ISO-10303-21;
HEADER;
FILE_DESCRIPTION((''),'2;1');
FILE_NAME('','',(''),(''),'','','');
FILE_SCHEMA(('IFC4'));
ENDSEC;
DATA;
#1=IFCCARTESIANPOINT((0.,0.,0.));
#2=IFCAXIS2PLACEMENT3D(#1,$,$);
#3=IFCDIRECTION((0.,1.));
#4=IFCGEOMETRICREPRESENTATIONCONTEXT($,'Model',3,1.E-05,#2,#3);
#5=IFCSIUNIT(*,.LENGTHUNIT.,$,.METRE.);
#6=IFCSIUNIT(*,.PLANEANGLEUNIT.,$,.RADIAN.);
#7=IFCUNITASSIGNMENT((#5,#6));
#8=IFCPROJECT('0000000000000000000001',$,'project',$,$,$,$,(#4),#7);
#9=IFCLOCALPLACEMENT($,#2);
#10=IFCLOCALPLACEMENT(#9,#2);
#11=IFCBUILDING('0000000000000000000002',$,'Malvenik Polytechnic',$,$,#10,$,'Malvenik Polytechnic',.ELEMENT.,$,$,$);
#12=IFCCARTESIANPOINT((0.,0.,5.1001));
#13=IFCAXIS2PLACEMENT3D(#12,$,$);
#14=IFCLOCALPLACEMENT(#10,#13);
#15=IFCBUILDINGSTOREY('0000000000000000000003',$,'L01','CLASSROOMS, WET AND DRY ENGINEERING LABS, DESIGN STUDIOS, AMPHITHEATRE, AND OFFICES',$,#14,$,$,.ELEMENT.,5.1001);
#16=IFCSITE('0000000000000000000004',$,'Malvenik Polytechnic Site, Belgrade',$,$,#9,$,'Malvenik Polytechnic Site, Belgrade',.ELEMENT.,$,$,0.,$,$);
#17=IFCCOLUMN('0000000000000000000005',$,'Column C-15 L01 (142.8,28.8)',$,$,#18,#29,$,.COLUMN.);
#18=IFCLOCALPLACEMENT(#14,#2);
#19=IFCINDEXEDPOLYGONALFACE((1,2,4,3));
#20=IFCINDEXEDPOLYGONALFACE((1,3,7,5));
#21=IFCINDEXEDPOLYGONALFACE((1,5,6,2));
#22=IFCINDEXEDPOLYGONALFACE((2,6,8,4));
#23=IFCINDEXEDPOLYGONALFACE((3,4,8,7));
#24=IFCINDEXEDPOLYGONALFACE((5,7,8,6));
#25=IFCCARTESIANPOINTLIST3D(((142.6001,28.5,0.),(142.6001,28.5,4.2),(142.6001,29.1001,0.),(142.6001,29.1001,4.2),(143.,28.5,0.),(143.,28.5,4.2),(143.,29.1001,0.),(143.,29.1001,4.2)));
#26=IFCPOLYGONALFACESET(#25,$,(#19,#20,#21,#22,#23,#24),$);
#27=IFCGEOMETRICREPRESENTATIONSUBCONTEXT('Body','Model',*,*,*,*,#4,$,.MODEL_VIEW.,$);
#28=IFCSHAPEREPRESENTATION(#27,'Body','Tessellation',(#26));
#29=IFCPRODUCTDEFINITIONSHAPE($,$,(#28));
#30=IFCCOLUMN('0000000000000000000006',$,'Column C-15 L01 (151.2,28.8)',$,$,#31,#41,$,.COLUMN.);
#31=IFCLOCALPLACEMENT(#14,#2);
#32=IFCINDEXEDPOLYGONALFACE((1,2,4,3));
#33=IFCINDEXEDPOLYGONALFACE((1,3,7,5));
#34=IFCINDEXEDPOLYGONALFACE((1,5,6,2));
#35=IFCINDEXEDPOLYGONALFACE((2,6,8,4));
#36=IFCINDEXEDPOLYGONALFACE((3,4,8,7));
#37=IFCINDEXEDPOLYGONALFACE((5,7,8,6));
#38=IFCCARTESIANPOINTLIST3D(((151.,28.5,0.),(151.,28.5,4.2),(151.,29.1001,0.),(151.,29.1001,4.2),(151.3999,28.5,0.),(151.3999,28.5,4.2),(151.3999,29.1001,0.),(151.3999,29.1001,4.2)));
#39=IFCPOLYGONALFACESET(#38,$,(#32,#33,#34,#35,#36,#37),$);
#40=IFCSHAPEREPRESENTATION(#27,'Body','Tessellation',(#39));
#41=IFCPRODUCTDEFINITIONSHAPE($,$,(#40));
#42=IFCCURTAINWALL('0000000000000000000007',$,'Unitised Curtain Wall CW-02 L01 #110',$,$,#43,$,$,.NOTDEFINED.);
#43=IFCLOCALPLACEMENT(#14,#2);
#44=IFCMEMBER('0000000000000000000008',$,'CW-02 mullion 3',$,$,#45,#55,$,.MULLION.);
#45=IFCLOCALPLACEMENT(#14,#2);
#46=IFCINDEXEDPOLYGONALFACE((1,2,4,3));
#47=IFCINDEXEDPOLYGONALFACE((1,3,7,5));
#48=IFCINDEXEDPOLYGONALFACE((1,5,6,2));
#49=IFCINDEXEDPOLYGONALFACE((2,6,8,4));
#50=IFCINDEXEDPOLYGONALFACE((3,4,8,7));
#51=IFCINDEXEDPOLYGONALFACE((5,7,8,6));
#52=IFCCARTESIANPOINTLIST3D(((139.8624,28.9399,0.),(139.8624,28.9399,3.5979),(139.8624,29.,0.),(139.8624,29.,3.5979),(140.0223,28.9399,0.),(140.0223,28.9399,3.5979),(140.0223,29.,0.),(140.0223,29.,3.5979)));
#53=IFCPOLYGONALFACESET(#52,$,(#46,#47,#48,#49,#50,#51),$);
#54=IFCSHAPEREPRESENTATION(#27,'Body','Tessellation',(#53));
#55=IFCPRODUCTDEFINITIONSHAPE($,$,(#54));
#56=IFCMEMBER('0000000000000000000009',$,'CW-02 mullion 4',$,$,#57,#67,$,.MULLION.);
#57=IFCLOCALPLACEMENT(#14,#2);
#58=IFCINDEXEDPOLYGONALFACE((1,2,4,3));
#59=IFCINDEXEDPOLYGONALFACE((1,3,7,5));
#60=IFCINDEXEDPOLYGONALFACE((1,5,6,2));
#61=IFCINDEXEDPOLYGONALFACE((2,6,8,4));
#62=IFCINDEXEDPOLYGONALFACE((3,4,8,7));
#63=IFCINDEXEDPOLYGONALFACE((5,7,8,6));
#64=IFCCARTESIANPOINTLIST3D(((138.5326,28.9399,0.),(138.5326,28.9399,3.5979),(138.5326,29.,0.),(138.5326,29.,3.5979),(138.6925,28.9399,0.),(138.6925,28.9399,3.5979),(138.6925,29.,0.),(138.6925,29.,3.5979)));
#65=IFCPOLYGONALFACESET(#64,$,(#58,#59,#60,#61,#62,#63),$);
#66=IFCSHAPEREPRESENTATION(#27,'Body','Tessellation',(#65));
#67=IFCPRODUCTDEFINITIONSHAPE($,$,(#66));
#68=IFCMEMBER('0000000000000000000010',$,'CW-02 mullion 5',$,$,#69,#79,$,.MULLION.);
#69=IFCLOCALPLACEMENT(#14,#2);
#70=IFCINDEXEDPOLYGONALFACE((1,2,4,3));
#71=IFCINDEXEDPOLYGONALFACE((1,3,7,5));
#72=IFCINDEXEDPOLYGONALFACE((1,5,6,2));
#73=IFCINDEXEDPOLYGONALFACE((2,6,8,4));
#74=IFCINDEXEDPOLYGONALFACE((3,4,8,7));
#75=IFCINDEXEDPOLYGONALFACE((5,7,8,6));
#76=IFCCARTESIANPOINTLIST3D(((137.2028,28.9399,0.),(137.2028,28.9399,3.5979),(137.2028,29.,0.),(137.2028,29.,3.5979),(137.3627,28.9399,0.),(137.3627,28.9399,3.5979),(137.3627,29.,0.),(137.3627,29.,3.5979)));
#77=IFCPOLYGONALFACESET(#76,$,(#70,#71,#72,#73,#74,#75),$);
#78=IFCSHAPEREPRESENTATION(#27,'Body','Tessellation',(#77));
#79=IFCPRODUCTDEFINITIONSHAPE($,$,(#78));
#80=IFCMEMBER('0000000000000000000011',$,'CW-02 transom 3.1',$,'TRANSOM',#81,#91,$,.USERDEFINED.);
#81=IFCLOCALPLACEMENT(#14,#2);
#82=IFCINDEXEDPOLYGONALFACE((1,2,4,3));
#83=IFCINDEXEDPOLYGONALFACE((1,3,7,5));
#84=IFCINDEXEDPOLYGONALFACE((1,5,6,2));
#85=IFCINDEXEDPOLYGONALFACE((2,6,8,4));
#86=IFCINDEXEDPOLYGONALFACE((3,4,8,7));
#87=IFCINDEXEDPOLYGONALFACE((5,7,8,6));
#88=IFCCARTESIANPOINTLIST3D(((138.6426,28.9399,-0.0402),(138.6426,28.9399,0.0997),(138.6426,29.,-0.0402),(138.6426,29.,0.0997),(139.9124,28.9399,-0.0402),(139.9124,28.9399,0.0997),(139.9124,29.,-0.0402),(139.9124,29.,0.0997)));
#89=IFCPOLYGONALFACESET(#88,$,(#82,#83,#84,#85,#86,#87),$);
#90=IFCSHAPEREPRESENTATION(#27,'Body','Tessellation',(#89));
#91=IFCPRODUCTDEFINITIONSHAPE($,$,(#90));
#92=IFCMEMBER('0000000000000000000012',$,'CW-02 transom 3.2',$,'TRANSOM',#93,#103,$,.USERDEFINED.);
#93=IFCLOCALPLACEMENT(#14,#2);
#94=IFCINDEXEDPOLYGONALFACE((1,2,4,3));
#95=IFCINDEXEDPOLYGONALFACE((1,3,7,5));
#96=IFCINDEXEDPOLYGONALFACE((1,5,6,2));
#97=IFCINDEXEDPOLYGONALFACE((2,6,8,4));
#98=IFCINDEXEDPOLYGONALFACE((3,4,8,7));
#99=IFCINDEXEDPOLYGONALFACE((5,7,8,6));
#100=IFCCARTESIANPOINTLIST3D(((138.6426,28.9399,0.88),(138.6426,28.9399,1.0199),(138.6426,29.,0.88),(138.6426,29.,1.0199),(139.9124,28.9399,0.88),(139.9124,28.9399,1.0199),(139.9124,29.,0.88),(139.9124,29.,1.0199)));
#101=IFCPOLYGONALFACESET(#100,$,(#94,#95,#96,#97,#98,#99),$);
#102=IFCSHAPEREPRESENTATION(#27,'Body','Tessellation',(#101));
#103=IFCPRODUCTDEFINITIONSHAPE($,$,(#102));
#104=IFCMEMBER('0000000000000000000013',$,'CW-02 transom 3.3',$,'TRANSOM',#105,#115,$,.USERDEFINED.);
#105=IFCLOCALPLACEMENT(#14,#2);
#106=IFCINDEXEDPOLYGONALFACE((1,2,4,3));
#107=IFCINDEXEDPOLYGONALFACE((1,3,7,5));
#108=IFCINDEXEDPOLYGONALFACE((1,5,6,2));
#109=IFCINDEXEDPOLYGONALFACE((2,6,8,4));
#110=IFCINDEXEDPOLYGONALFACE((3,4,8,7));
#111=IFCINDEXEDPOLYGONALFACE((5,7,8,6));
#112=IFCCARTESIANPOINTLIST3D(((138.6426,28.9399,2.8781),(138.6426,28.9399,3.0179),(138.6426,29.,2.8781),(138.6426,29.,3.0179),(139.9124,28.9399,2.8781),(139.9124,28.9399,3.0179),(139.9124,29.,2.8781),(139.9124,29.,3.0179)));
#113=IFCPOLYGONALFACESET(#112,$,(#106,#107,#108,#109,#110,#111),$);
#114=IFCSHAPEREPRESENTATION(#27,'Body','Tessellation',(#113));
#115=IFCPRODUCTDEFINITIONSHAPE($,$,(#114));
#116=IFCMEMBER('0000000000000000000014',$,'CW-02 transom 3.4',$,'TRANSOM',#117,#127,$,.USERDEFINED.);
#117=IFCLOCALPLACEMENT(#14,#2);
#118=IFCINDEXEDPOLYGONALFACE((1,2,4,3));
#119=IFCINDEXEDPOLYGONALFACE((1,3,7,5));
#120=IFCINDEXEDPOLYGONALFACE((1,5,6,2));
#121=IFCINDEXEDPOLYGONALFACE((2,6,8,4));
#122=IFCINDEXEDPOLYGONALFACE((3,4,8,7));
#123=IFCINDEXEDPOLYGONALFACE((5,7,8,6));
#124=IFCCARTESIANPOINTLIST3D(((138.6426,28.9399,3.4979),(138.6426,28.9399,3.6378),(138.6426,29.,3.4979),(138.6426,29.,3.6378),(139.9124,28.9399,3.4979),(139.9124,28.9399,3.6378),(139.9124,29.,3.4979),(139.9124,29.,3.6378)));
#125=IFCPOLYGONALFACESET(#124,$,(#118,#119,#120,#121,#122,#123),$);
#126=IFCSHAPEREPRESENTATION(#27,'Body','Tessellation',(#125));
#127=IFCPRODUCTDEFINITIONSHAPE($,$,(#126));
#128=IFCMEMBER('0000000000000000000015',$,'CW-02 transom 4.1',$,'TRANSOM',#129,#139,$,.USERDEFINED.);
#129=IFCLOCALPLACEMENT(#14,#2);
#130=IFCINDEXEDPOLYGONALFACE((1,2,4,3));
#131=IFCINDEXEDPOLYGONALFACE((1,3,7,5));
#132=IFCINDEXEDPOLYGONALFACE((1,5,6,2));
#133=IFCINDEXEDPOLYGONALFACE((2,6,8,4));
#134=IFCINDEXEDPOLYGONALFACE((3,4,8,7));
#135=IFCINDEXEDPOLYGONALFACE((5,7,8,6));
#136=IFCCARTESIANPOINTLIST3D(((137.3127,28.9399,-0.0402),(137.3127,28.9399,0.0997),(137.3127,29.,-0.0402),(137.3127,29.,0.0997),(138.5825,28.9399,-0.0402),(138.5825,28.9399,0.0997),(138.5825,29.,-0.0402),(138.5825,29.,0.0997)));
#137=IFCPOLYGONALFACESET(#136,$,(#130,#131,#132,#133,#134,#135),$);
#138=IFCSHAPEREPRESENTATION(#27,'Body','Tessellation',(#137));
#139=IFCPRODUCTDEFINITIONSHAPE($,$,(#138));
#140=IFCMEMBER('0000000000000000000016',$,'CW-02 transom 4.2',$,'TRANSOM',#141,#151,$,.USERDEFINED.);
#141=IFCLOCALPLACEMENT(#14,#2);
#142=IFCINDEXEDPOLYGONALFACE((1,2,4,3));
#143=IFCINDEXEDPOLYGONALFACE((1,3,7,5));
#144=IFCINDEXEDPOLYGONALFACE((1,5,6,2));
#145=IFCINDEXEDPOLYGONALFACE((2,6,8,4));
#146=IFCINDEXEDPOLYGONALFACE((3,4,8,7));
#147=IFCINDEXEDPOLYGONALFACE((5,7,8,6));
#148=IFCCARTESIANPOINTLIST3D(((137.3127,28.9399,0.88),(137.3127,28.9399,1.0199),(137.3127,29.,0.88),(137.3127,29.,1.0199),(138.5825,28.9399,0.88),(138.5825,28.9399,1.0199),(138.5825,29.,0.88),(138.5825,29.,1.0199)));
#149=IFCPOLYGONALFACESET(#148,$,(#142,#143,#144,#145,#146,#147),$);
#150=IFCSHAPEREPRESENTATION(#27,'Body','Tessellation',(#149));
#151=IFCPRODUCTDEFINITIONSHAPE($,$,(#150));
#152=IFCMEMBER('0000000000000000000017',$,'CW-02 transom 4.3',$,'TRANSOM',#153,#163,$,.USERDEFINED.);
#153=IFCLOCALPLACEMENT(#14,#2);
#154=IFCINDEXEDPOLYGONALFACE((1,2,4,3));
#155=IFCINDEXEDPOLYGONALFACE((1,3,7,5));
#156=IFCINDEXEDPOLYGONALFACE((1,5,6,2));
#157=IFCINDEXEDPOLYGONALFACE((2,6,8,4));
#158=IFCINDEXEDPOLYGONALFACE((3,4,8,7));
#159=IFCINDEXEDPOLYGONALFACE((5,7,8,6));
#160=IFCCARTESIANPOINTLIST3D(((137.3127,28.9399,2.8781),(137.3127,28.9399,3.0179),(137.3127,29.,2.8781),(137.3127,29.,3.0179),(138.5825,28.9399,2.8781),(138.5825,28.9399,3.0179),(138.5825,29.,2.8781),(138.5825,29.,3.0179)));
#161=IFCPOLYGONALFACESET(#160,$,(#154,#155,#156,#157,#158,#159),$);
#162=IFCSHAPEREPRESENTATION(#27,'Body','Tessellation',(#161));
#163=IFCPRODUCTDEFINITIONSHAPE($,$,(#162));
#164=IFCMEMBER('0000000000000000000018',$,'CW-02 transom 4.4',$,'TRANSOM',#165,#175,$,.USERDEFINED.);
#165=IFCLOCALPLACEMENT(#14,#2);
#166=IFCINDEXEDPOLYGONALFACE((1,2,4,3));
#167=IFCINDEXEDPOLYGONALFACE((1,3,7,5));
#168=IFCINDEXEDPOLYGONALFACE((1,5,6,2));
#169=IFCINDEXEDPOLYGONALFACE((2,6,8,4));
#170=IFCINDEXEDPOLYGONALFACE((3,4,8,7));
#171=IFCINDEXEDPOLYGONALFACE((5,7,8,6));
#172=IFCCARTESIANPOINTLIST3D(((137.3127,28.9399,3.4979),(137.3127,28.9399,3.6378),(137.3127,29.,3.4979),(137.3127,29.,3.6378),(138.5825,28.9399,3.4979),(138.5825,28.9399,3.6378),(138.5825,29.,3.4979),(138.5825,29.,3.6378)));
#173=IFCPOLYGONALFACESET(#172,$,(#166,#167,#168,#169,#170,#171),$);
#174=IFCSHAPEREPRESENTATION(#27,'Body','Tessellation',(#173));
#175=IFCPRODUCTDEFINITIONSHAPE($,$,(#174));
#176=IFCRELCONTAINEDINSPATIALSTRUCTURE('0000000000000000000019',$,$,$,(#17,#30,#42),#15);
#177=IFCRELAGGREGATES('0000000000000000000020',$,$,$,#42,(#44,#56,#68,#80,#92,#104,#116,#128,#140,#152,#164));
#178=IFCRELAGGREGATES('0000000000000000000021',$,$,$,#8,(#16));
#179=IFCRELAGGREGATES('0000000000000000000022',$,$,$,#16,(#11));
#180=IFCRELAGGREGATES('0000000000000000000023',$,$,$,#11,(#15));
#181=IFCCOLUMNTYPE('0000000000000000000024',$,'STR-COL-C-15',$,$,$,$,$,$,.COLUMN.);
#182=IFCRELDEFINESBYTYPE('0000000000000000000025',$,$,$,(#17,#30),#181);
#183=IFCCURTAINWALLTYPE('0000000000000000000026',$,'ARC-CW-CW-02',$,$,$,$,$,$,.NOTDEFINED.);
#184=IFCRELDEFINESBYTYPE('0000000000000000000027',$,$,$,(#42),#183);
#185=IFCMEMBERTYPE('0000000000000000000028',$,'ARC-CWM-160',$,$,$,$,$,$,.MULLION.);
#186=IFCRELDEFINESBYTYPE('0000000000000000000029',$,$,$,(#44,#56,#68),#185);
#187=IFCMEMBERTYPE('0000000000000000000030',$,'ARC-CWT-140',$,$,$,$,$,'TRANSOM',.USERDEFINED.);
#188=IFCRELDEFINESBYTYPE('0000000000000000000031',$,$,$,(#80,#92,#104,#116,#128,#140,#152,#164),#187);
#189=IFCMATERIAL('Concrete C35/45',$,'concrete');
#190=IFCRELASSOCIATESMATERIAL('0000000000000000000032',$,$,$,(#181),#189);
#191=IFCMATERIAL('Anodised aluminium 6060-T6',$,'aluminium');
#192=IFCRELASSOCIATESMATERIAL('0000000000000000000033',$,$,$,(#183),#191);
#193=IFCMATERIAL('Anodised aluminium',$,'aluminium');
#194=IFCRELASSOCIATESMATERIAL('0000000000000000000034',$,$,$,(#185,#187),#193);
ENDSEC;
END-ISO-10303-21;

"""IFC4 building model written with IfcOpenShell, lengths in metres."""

from ifc_helpers import new_model, si_unit, direction, frame, origin, origin_2d, place, context, subcontext, project, spatial, rectangle, extrude, material, material_profile, profile_set, type_object, element, aggregate, save


model = new_model("IFC4")

# Units and contexts
model_context = context("Model", 3, precision=1e-05, world=origin(), true_north=direction((0.0, 1.0)))
body_context = subcontext(model_context, "Body", "Model", "MODEL_VIEW")
ifc_project = project(units=[si_unit("LENGTHUNIT", "METRE"), si_unit("PLANEANGLEUNIT", "RADIAN")], contexts=[model_context])

# Site, building, storey
site_placement = place(None, origin())
site = spatial("IfcSite", under=ifc_project, at=site_placement, Name="Malvenik Polytechnic Site, Belgrade", LongName="Malvenik Polytechnic Site, Belgrade", CompositionType="ELEMENT", RefElevation=0.0)
building_placement = place(site_placement, origin())
building = spatial("IfcBuilding", under=site, at=building_placement, Name="Malvenik Polytechnic", LongName="Malvenik Polytechnic", CompositionType="ELEMENT")
storey_placement = place(building_placement, frame((0.0, 0.0, 5.1001)))
storey = spatial("IfcBuildingStorey", under=building, at=storey_placement, Name="L01", Description="CLASSROOMS, WET AND DRY ENGINEERING LABS, DESIGN STUDIOS, AMPHITHEATRE, AND OFFICES", CompositionType="ELEMENT", Elevation=5.1001)

# Columns
ifc_material_1 = material(Name="Concrete C35/45", Category="concrete")
ifc_material_profile_1 = material_profile(ifc_material_1, rectangle(XDim=0.3999, YDim=0.6001, at=origin_2d()), Name="RC COL 600x400")
ifc_profile_set_1 = profile_set([ifc_material_profile_1], Name="Concrete C35/45")
column_type = type_object("IfcColumnType", Name="STR-COL-C-15", PredefinedType="COLUMN", material=ifc_profile_set_1)
for number, where, z_axis, x_axis, name in (
    (1, (142.8, 28.8, 0.0), (0.0, 0.0, 1.0), (1.0, 0.0, 0.0), "Column C-15 L01 (142.8,28.8)"),
    (2, (151.2, 28.8, 0.0), (0.0, 0.0, 1.0), (1.0, 0.0, 0.0), "Column C-15 L01 (151.2,28.8)"),
):
    element("IfcColumn", number, at=place(storey_placement, frame(where, z_axis=z_axis, x_axis=x_axis)), inside=storey, type_object=column_type, Name=name, PredefinedType="COLUMN", context=body_context, shape_type="SweptSolid", body=[
        extrude(rectangle(XDim=0.3999, YDim=0.6001, at=origin_2d()), origin(), (0.0, 0.0, 1.0), 4.2),
    ])

# Curtain wall, members
ifc_material_2 = material(Name="Anodised aluminium 6060-T6", Category="aluminium")
curtain_wall_type = type_object("IfcCurtainWallType", Name="ARC-CW-CW-02", PredefinedType="NOTDEFINED", material=ifc_material_2)
curtain_wall_placement = place(storey_placement, origin())
curtain_wall = element("IfcCurtainWall", 3, at=curtain_wall_placement, inside=storey, type_object=curtain_wall_type, Name="Unitised Curtain Wall CW-02 L01 #110", PredefinedType="NOTDEFINED")
ifc_material_3 = material(Name="Anodised aluminium", Category="aluminium")
ifc_material_profile_2 = material_profile(ifc_material_3, rectangle(XDim=0.0601, YDim=0.1599, at=origin_2d()), Name="ALU MULLION 60x160")
ifc_profile_set_2 = profile_set([ifc_material_profile_2], Name="Anodised aluminium")
member_type_1 = type_object("IfcMemberType", Name="ARC-CWM-160", PredefinedType="MULLION", material=ifc_profile_set_2)
member_1_placement = place(storey_placement, frame((139.9424, 28.97, 0.0), z_axis=(0.0, 0.0, 1.0), x_axis=(0.0, -1.0, 0.0)))
member_1 = element("IfcMember", 4, at=member_1_placement, type_object=member_type_1, Name="CW-02 mullion 3", PredefinedType="MULLION", context=body_context, shape_type="SweptSolid", body=[
    extrude(rectangle(XDim=0.0601, YDim=0.1599, at=origin_2d()), origin(), (0.0, 0.0, 1.0), 3.5979),
])
member_2_placement = place(storey_placement, frame((138.6125, 28.97, 0.0), z_axis=(0.0, 0.0, 1.0), x_axis=(0.0, -1.0, 0.0)))
member_2 = element("IfcMember", 5, at=member_2_placement, type_object=member_type_1, Name="CW-02 mullion 4", PredefinedType="MULLION", context=body_context, shape_type="SweptSolid", body=[
    extrude(rectangle(XDim=0.0601, YDim=0.1599, at=origin_2d()), origin(), (0.0, 0.0, 1.0), 3.5979),
])
member_3_placement = place(storey_placement, frame((137.2827, 28.97, 0.0), z_axis=(0.0, 0.0, 1.0), x_axis=(0.0, -1.0, 0.0)))
member_3 = element("IfcMember", 6, at=member_3_placement, type_object=member_type_1, Name="CW-02 mullion 5", PredefinedType="MULLION", context=body_context, shape_type="SweptSolid", body=[
    extrude(rectangle(XDim=0.0601, YDim=0.1599, at=origin_2d()), origin(), (0.0, 0.0, 1.0), 3.5979),
])
ifc_material_profile_3 = material_profile(ifc_material_3, rectangle(XDim=0.0601, YDim=0.1399, at=origin_2d()), Name="ALU TRANSOM 60x140")
ifc_profile_set_3 = profile_set([ifc_material_profile_3], Name="Anodised aluminium")
member_type_2 = type_object("IfcMemberType", Name="ARC-CWT-140", ElementType="TRANSOM", PredefinedType="USERDEFINED", material=ifc_profile_set_3)
member_4_placement = place(storey_placement, frame((139.9124, 28.97, 0.0298), z_axis=(-1.0, 0.0, 0.0), x_axis=(0.0, -1.0, 0.0)))
member_4 = element("IfcMember", 7, at=member_4_placement, type_object=member_type_2, Name="CW-02 transom 3.1", ObjectType="TRANSOM", PredefinedType="USERDEFINED", context=body_context, shape_type="SweptSolid", body=[
    extrude(rectangle(XDim=0.0601, YDim=0.1399, at=origin_2d()), origin(), (0.0, 0.0, 1.0), 1.2698),
])
member_5_placement = place(storey_placement, frame((139.9124, 28.97, 0.95), z_axis=(-1.0, 0.0, 0.0), x_axis=(0.0, -1.0, 0.0)))
member_5 = element("IfcMember", 8, at=member_5_placement, type_object=member_type_2, Name="CW-02 transom 3.2", ObjectType="TRANSOM", PredefinedType="USERDEFINED", context=body_context, shape_type="SweptSolid", body=[
    extrude(rectangle(XDim=0.0601, YDim=0.1399, at=origin_2d()), origin(), (0.0, 0.0, 1.0), 1.2698),
])
member_6_placement = place(storey_placement, frame((139.9124, 28.97, 2.948), z_axis=(-1.0, 0.0, 0.0), x_axis=(0.0, -1.0, 0.0)))
member_6 = element("IfcMember", 9, at=member_6_placement, type_object=member_type_2, Name="CW-02 transom 3.3", ObjectType="TRANSOM", PredefinedType="USERDEFINED", context=body_context, shape_type="SweptSolid", body=[
    extrude(rectangle(XDim=0.0601, YDim=0.1399, at=origin_2d()), origin(), (0.0, 0.0, 1.0), 1.2698),
])
member_7_placement = place(storey_placement, frame((139.9124, 28.97, 3.5679), z_axis=(-1.0, 0.0, 0.0), x_axis=(0.0, -1.0, 0.0)))
member_7 = element("IfcMember", 10, at=member_7_placement, type_object=member_type_2, Name="CW-02 transom 3.4", ObjectType="TRANSOM", PredefinedType="USERDEFINED", context=body_context, shape_type="SweptSolid", body=[
    extrude(rectangle(XDim=0.0601, YDim=0.1399, at=origin_2d()), origin(), (0.0, 0.0, 1.0), 1.2698),
])
member_8_placement = place(storey_placement, frame((138.5825, 28.97, 0.0298), z_axis=(-1.0, 0.0, 0.0), x_axis=(0.0, -1.0, 0.0)))
member_8 = element("IfcMember", 11, at=member_8_placement, type_object=member_type_2, Name="CW-02 transom 4.1", ObjectType="TRANSOM", PredefinedType="USERDEFINED", context=body_context, shape_type="SweptSolid", body=[
    extrude(rectangle(XDim=0.0601, YDim=0.1399, at=origin_2d()), origin(), (0.0, 0.0, 1.0), 1.2698),
])
member_9_placement = place(storey_placement, frame((138.5825, 28.97, 0.95), z_axis=(-1.0, 0.0, 0.0), x_axis=(0.0, -1.0, 0.0)))
member_9 = element("IfcMember", 12, at=member_9_placement, type_object=member_type_2, Name="CW-02 transom 4.2", ObjectType="TRANSOM", PredefinedType="USERDEFINED", context=body_context, shape_type="SweptSolid", body=[
    extrude(rectangle(XDim=0.0601, YDim=0.1399, at=origin_2d()), origin(), (0.0, 0.0, 1.0), 1.2698),
])
member_10_placement = place(storey_placement, frame((138.5825, 28.97, 2.948), z_axis=(-1.0, 0.0, 0.0), x_axis=(0.0, -1.0, 0.0)))
member_10 = element("IfcMember", 13, at=member_10_placement, type_object=member_type_2, Name="CW-02 transom 4.3", ObjectType="TRANSOM", PredefinedType="USERDEFINED", context=body_context, shape_type="SweptSolid", body=[
    extrude(rectangle(XDim=0.0601, YDim=0.1399, at=origin_2d()), origin(), (0.0, 0.0, 1.0), 1.2698),
])
member_11_placement = place(storey_placement, frame((138.5825, 28.97, 3.5679), z_axis=(-1.0, 0.0, 0.0), x_axis=(0.0, -1.0, 0.0)))
member_11 = element("IfcMember", 14, at=member_11_placement, type_object=member_type_2, Name="CW-02 transom 4.4", ObjectType="TRANSOM", PredefinedType="USERDEFINED", context=body_context, shape_type="SweptSolid", body=[
    extrude(rectangle(XDim=0.0601, YDim=0.1399, at=origin_2d()), origin(), (0.0, 0.0, 1.0), 1.2698),
])

aggregate(curtain_wall, [member_1, member_2, member_3, member_4, member_5, member_6, member_7, member_8, member_9, member_10, member_11])

save(model, "model.ifc")
